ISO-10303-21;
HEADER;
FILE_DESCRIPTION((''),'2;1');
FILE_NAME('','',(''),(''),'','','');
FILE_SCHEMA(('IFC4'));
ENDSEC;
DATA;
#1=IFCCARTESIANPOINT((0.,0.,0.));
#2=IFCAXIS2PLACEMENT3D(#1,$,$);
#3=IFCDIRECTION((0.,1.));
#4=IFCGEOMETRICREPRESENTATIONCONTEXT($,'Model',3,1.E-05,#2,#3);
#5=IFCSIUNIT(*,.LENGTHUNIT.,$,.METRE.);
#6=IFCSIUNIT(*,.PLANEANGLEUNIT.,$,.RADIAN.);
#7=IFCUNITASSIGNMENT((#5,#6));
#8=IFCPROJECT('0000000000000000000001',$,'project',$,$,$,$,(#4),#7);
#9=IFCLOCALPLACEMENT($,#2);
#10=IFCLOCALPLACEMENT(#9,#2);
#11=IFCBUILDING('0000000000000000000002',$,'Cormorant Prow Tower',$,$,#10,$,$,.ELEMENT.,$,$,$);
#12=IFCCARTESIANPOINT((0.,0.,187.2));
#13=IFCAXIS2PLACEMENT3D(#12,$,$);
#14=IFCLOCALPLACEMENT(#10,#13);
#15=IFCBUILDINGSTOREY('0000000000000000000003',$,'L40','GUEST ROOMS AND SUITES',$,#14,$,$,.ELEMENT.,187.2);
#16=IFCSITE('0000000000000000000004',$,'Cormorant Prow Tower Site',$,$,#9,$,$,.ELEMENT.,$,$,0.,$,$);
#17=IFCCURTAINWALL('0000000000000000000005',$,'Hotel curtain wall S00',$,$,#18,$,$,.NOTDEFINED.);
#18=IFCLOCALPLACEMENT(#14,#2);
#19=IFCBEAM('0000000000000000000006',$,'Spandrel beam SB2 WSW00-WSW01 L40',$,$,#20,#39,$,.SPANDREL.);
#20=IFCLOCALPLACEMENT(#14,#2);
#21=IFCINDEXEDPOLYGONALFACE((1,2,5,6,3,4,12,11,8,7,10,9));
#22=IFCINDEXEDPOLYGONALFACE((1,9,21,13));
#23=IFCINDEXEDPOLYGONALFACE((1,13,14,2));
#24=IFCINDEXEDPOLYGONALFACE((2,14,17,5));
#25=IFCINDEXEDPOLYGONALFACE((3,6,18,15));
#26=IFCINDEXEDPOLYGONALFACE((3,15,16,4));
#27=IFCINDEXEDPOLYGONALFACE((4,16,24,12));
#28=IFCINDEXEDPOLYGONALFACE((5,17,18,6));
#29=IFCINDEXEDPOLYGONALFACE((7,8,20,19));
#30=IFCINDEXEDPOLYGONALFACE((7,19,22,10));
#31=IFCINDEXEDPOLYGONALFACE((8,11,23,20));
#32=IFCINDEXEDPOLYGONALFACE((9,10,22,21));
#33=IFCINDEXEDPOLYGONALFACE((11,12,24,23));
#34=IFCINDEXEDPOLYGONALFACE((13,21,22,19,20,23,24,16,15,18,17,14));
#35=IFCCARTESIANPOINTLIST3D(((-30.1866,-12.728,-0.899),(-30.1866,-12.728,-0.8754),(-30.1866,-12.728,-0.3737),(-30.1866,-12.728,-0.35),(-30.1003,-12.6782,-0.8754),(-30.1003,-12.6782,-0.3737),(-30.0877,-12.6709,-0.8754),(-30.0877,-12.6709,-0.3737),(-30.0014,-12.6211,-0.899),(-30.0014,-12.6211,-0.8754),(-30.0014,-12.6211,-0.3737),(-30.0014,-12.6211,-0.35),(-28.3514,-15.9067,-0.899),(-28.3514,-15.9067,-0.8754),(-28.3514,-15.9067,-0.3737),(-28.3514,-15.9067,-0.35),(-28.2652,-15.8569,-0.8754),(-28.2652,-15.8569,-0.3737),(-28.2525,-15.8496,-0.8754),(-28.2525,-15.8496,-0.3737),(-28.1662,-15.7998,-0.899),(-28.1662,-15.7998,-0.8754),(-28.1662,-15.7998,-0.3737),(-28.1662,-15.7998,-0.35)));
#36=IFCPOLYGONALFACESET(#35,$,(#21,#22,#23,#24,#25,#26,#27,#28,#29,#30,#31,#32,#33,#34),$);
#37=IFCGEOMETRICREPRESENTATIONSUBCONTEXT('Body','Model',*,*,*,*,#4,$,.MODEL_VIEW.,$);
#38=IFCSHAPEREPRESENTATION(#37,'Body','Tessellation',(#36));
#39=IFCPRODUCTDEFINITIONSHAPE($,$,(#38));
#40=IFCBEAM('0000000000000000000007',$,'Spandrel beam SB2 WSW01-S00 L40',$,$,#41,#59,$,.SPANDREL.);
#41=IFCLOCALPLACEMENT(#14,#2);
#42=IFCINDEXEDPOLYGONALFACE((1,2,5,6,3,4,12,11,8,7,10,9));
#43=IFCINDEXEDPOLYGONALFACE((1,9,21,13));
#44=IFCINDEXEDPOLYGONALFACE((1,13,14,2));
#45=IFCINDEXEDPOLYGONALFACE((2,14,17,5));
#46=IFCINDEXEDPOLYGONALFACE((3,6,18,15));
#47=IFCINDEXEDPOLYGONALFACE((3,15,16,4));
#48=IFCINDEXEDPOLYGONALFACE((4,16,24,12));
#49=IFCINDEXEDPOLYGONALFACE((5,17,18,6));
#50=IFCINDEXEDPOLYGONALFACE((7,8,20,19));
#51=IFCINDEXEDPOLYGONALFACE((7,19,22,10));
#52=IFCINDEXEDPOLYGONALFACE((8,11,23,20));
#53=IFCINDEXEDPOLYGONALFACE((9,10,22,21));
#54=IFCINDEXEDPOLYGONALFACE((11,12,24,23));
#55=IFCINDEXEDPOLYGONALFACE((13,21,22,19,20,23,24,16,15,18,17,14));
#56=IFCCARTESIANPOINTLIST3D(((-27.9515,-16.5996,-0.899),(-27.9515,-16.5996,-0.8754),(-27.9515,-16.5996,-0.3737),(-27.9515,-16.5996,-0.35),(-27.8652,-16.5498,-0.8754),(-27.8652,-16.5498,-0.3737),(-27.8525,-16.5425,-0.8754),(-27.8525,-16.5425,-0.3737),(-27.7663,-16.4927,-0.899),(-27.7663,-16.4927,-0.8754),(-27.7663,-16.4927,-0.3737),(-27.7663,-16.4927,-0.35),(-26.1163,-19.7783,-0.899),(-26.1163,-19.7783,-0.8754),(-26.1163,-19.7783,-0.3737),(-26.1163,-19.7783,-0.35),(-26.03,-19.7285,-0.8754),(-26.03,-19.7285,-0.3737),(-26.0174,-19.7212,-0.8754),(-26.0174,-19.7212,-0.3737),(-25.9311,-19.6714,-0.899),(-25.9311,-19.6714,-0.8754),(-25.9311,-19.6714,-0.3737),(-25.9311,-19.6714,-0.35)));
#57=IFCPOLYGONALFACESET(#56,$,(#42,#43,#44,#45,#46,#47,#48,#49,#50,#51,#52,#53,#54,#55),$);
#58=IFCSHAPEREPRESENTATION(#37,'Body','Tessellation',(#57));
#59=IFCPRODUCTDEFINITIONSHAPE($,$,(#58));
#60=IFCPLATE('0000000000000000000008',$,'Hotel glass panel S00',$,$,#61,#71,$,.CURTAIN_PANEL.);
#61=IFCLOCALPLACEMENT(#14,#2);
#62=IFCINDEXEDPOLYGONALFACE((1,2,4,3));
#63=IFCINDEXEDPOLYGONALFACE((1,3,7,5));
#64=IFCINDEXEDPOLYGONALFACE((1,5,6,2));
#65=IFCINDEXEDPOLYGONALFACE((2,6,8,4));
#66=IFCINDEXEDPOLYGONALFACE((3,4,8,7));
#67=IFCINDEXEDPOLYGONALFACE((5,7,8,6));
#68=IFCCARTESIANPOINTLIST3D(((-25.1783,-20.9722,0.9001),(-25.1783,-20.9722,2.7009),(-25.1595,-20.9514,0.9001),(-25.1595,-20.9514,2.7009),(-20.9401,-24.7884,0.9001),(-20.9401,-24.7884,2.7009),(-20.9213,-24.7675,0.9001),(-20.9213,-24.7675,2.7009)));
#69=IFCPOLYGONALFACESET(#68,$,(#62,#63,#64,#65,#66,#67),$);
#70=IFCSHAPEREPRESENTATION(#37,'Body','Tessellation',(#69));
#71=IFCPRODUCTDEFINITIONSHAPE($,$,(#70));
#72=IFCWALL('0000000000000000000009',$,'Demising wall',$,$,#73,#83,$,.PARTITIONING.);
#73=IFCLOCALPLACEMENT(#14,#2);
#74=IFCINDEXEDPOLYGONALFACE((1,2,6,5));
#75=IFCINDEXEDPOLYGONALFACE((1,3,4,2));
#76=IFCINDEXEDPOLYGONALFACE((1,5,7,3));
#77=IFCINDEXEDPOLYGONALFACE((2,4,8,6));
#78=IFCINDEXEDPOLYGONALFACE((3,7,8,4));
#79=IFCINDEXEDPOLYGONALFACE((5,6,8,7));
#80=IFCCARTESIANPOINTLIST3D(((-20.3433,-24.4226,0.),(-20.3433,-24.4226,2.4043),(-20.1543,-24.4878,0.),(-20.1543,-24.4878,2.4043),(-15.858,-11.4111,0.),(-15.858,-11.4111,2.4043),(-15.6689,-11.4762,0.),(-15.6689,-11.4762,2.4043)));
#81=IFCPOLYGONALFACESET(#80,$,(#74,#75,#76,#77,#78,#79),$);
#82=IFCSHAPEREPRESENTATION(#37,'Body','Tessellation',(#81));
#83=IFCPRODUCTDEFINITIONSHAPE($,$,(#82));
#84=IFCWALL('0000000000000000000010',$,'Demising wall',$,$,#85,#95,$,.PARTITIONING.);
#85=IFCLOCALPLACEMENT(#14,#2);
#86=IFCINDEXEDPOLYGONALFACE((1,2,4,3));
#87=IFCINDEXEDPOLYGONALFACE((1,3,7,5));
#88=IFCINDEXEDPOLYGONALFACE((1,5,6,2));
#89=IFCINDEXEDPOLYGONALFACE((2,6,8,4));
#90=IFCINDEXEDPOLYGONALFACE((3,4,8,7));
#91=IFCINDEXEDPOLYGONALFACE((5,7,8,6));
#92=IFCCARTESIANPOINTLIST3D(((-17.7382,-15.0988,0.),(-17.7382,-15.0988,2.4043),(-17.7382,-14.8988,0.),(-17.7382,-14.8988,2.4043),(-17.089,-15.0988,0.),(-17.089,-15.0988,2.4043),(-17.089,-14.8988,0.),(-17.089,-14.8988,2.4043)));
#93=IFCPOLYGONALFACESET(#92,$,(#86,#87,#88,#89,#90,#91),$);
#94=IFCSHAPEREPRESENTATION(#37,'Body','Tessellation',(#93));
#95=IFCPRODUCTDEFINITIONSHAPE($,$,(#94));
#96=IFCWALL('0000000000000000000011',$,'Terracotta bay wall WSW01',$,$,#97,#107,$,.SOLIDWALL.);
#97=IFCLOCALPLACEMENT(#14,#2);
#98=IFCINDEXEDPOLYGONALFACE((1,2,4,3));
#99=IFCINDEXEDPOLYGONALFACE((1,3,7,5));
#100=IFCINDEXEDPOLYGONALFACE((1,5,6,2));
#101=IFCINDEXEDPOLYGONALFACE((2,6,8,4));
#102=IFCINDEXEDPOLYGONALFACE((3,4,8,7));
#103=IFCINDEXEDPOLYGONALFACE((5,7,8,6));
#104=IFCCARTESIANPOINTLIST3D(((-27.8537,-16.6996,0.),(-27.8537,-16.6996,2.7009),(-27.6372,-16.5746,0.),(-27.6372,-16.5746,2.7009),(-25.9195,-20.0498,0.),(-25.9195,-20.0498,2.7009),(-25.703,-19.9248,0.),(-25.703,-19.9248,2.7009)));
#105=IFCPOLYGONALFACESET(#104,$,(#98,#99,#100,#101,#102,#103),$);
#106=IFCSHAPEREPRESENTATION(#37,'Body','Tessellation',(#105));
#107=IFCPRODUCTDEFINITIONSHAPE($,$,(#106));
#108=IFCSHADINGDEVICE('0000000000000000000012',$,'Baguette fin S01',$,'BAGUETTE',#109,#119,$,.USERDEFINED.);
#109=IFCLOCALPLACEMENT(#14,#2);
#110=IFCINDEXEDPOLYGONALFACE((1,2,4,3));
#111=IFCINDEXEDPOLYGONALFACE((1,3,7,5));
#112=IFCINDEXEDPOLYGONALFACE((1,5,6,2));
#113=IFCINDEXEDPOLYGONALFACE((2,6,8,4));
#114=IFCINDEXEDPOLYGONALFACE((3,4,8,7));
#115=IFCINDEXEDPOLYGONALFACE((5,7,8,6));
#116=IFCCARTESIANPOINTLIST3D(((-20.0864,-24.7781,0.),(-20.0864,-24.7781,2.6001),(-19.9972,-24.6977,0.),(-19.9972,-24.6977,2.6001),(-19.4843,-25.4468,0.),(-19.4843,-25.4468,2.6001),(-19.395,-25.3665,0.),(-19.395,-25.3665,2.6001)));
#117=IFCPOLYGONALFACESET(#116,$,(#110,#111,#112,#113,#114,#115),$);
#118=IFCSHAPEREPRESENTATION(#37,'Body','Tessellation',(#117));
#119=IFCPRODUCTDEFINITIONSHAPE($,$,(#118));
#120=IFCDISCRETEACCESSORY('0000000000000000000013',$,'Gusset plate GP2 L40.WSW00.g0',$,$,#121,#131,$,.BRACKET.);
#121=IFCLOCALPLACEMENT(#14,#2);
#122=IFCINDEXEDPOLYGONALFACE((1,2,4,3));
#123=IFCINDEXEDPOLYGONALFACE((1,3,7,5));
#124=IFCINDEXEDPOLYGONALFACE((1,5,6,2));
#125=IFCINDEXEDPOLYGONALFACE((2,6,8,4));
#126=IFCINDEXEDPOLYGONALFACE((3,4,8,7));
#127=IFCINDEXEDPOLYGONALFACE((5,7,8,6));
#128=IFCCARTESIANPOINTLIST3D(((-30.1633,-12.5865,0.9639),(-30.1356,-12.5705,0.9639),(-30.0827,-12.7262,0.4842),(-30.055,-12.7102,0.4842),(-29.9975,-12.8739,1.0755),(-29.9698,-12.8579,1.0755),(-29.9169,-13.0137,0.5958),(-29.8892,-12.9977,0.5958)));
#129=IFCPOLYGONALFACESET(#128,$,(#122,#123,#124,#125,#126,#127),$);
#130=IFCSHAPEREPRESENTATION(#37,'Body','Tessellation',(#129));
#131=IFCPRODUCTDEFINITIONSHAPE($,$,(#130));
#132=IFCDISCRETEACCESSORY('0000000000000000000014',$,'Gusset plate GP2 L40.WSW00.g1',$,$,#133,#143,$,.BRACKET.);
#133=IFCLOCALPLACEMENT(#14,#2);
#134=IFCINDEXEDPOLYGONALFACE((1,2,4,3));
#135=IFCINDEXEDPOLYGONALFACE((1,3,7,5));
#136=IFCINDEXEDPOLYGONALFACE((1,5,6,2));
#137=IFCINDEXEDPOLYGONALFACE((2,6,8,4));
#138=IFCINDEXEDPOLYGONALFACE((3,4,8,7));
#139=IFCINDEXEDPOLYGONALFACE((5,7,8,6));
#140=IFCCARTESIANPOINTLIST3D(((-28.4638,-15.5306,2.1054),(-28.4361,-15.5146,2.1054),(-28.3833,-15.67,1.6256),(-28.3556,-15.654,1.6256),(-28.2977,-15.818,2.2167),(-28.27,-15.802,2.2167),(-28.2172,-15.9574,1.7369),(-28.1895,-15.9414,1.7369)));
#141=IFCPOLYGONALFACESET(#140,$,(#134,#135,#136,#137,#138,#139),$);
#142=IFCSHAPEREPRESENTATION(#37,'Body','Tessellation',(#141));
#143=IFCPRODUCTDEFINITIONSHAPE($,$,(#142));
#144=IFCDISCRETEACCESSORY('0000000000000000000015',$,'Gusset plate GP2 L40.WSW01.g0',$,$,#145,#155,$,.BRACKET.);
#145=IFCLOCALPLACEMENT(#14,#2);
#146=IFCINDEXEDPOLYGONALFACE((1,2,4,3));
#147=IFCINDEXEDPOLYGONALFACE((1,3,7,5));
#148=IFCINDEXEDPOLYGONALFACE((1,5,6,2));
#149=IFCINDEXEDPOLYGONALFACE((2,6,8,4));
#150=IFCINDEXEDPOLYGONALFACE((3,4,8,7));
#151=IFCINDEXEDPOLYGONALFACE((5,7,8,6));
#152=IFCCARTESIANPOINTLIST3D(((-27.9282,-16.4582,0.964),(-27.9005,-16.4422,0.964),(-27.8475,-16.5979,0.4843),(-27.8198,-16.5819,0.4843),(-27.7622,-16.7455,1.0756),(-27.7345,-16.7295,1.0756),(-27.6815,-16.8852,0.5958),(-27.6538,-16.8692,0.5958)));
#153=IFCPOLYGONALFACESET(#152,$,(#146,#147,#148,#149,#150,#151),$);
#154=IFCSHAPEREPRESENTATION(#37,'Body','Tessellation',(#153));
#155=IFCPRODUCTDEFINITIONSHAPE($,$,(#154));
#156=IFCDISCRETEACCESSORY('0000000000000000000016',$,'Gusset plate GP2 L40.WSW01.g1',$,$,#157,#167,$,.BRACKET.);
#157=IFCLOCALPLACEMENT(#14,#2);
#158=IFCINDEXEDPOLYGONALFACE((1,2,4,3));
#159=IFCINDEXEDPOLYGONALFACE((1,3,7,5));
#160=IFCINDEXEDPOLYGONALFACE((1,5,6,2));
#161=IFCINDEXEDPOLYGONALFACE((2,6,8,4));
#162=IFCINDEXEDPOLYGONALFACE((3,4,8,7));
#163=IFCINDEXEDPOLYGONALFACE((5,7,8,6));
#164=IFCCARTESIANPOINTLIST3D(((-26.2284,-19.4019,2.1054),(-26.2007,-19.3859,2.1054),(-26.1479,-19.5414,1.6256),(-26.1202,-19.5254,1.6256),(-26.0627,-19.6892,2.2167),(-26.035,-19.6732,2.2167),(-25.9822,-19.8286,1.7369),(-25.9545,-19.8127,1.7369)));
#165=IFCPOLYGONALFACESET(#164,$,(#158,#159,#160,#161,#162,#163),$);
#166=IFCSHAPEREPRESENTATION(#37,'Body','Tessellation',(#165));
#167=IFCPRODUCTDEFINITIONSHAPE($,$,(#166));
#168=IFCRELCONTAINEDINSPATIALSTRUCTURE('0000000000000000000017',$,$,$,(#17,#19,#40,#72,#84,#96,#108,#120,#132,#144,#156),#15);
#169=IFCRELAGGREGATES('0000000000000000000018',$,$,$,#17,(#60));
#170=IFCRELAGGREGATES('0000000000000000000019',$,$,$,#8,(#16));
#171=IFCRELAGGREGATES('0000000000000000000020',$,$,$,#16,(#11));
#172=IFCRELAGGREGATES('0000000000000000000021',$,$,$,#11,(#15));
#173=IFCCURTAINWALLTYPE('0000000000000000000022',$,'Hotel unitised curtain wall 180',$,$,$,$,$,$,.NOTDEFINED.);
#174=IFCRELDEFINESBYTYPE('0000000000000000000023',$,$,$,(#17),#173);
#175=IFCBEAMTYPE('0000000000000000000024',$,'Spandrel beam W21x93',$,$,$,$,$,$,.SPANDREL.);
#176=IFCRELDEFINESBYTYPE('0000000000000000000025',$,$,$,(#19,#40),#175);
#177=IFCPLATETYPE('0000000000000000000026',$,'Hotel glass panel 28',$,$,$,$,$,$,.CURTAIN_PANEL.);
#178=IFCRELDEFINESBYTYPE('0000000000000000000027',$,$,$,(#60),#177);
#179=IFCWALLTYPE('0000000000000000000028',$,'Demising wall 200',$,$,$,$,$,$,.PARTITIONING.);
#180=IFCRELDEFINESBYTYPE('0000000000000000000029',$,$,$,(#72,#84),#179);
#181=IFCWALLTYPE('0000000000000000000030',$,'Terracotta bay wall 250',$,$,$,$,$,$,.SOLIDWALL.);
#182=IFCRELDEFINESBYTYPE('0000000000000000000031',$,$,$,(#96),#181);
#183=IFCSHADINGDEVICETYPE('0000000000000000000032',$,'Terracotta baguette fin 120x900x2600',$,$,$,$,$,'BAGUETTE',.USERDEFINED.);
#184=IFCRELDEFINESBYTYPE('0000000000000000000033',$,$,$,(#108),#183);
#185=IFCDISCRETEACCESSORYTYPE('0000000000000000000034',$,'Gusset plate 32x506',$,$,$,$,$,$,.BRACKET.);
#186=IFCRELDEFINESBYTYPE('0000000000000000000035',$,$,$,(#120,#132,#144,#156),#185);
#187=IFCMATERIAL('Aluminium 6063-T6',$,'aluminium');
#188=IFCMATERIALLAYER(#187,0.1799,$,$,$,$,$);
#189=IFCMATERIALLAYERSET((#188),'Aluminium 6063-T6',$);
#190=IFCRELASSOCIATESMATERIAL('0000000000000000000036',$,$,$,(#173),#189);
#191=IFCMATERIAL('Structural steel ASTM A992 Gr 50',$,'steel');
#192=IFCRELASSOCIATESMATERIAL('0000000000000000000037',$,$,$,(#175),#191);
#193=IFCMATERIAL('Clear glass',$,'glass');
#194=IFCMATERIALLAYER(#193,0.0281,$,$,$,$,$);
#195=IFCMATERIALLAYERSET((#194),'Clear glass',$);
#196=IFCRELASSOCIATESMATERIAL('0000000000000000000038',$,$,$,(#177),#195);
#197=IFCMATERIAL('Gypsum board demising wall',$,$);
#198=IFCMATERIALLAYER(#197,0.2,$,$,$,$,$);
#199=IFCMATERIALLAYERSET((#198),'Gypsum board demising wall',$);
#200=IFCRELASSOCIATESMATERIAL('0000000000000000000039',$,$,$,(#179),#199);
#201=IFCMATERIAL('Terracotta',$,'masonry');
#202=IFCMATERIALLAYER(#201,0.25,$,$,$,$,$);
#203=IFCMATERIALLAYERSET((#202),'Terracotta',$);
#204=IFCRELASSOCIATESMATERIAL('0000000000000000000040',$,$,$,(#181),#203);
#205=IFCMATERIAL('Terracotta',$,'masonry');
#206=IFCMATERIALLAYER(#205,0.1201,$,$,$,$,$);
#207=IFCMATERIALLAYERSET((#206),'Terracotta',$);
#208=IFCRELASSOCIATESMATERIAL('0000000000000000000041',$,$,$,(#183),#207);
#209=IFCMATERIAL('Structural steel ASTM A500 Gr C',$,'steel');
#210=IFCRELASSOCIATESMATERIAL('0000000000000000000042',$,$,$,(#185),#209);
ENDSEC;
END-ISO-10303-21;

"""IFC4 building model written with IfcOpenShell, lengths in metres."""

from ifc_helpers import new_model, si_unit, direction, frame, frame_2d, origin, origin_2d, place, context, subcontext, project, spatial, rectangle, i_section, extrude, material, layer, layer_set, material_profile, profile_set, type_object, element, aggregate, save


model = new_model("IFC4")

# Units and contexts
model_context = context("Model", 3, precision=1e-05, world=origin(), true_north=direction((0.0, 1.0)))
body_context = subcontext(model_context, "Body", "Model", "MODEL_VIEW")
ifc_project = project(units=[si_unit("LENGTHUNIT", "METRE"), si_unit("PLANEANGLEUNIT", "RADIAN")], contexts=[model_context])

# Site, building, storey
site_placement = place(None, origin())
site = spatial("IfcSite", under=ifc_project, at=site_placement, Name="Cormorant Prow Tower Site", CompositionType="ELEMENT", RefElevation=0.0)
building_placement = place(site_placement, origin())
building = spatial("IfcBuilding", under=site, at=building_placement, Name="Cormorant Prow Tower", CompositionType="ELEMENT")
storey_placement = place(building_placement, frame((0.0, 0.0, 187.2)))
storey = spatial("IfcBuildingStorey", under=building, at=storey_placement, Name="L40", Description="GUEST ROOMS AND SUITES", CompositionType="ELEMENT", Elevation=187.2)

# Curtain wall
ifc_material_1 = material(Name="Aluminium 6063-T6", Category="aluminium")
ifc_layer_1 = layer(ifc_material_1, 0.1799)
ifc_layer_set_1 = layer_set([ifc_layer_1], Name="Aluminium 6063-T6")
curtain_wall_type = type_object("IfcCurtainWallType", Name="Hotel unitised curtain wall 180", PredefinedType="NOTDEFINED", material=ifc_layer_set_1)
curtain_wall_placement = place(storey_placement, origin())
curtain_wall = element("IfcCurtainWall", 1, at=curtain_wall_placement, inside=storey, type_object=curtain_wall_type, Name="Hotel curtain wall S00", PredefinedType="NOTDEFINED")

# Beams
ifc_material_2 = material(Name="Structural steel ASTM A992 Gr 50", Category="steel")
ifc_material_profile_1 = material_profile(ifc_material_2, i_section(OverallWidth=0.2139, OverallDepth=0.5491, WebThickness=0.0146, FlangeThickness=0.0237, at=origin_2d()), Name="W21x93")
ifc_profile_set_1 = profile_set([ifc_material_profile_1], Name="Structural steel ASTM A992 Gr 50")
beam_type = type_object("IfcBeamType", Name="Spandrel beam W21x93", PredefinedType="SPANDREL", material=ifc_profile_set_1)
for number, where, z_axis, x_axis, name in (
    (2, (-30.094, -12.6746, -0.6245), (0.499995, -0.866028, 0.0), (0.866028, 0.499995, 0.0), "Spandrel beam SB2 WSW00-WSW01 L40"),
    (3, (-27.8589, -16.5461, -0.6245), (0.499995, -0.866028, 0.0), (0.866028, 0.499995, 0.0), "Spandrel beam SB2 WSW01-S00 L40"),
):
    element("IfcBeam", number, at=place(storey_placement, frame(where, z_axis=z_axis, x_axis=x_axis)), inside=storey, type_object=beam_type, Name=name, PredefinedType="SPANDREL", context=body_context, shape_type="SweptSolid", body=[
        extrude(i_section(OverallWidth=0.2139, OverallDepth=0.5491, WebThickness=0.0146, FlangeThickness=0.0237, at=origin_2d()), origin(), (0.0, 0.0, 1.0), 3.6704),
    ])

# Plate
ifc_material_3 = material(Name="Clear glass", Category="glass")
ifc_layer_2 = layer(ifc_material_3, 0.0281)
ifc_layer_set_2 = layer_set([ifc_layer_2], Name="Clear glass")
plate_type = type_object("IfcPlateType", Name="Hotel glass panel 28", PredefinedType="CURTAIN_PANEL", material=ifc_layer_set_2)
plate_placement = place(storey_placement, frame((-23.0498, -22.8699, 0.9001), z_axis=(0.0, 0.0, 1.0), x_axis=(0.743145, -0.669131, 0.0)))
plate = element("IfcPlate", 4, at=plate_placement, type_object=plate_type, Name="Hotel glass panel S00", PredefinedType="CURTAIN_PANEL", context=body_context, shape_type="SweptSolid", body=[
    extrude(rectangle(XDim=5.7031, YDim=0.0281, at=origin_2d()), origin(), (0.0, 0.0, 1.0), 1.8008),
])
aggregate(curtain_wall, [plate])

# Walls
ifc_material_4 = material(Name="Gypsum board demising wall")
ifc_layer_3 = layer(ifc_material_4, 0.2)
ifc_layer_set_3 = layer_set([ifc_layer_3], Name="Gypsum board demising wall")
wall_type_1 = type_object("IfcWallType", Name="Demising wall 200", PredefinedType="PARTITIONING", material=ifc_layer_set_3)
wall_1_placement = place(storey_placement, frame((-20.2488, -24.4551, 0.0), z_axis=(0.0, 0.0, 1.0), x_axis=(0.325902, 0.945404, 0.0)))
element("IfcWall", 5, at=wall_1_placement, inside=storey, type_object=wall_type_1, Name="Demising wall", PredefinedType="PARTITIONING", context=body_context, shape_type="SweptSolid", body=[
    extrude(rectangle(XDim=13.7629, YDim=0.2, at=frame_2d((6.8813, 0.0))), origin(), (0.0, 0.0, 1.0), 2.4043),
])
wall_2_placement = place(storey_placement, frame((-17.7383, -14.9988, 0.0), z_axis=(0.0, 0.0, 1.0), x_axis=(1.0, 0.0, 0.0)))
element("IfcWall", 6, at=wall_2_placement, inside=storey, type_object=wall_type_1, Name="Demising wall", PredefinedType="PARTITIONING", context=body_context, shape_type="SweptSolid", body=[
    extrude(rectangle(XDim=0.6492, YDim=0.2, at=frame_2d((0.3247, 0.0))), origin(), (0.0, 0.0, 1.0), 2.4043),
])
ifc_material_5 = material(Name="Terracotta", Category="masonry")
ifc_layer_4 = layer(ifc_material_5, 0.25)
ifc_layer_set_4 = layer_set([ifc_layer_4], Name="Terracotta")
wall_type_2 = type_object("IfcWallType", Name="Terracotta bay wall 250", PredefinedType="SOLIDWALL", material=ifc_layer_set_4)
wall_3_placement = place(storey_placement, frame((-27.7454, -16.6372, 0.0), z_axis=(0.0, 0.0, 1.0), x_axis=(0.499981, -0.866036, 0.0)))
element("IfcWall", 7, at=wall_3_placement, inside=storey, type_object=wall_type_2, Name="Terracotta bay wall WSW01", PredefinedType="SOLIDWALL", context=body_context, shape_type="SweptSolid", body=[
    extrude(rectangle(XDim=3.8684, YDim=0.25, at=frame_2d((1.9341, 0.0))), origin(), (0.0, 0.0, 1.0), 2.7009),
])

# Shading device
ifc_material_6 = material(Name="Terracotta", Category="masonry")
ifc_layer_5 = layer(ifc_material_6, 0.1201)
ifc_layer_set_5 = layer_set([ifc_layer_5], Name="Terracotta")
shading_device_type = type_object("IfcShadingDeviceType", Name="Terracotta baguette fin 120x900x2600", ElementType="BAGUETTE", PredefinedType="USERDEFINED", material=ifc_layer_set_5)
shading_device_placement = place(storey_placement, frame((-19.7407, -25.0723, 0.0), z_axis=(0.0, 0.0, 1.0), x_axis=(0.743145, 0.669131, 0.0)))
element("IfcShadingDevice", 8, at=shading_device_placement, inside=storey, type_object=shading_device_type, Name="Baguette fin S01", ObjectType="BAGUETTE", PredefinedType="USERDEFINED", context=body_context, shape_type="SweptSolid", body=[
    extrude(rectangle(XDim=0.1201, YDim=0.8999, at=origin_2d()), origin(), (0.0, 0.0, 1.0), 2.6001),
])

# Discrete accessories
ifc_material_7 = material(Name="Structural steel ASTM A500 Gr C", Category="steel")
ifc_material_profile_2 = material_profile(ifc_material_7, rectangle(XDim=0.032, YDim=0.5061, at=origin_2d()), Name="Gusset plate 32x506")
ifc_profile_set_2 = profile_set([ifc_material_profile_2], Name="Structural steel ASTM A500 Gr C")
discrete_accessory_type = type_object("IfcDiscreteAccessoryType", Name="Gusset plate 32x506", PredefinedType="BRACKET", material=ifc_profile_set_2)
for number, where, z_axis, x_axis, name in (
    (9, (-29.9434, -12.9358, 0.8357), (-0.473632, 0.821008, -0.318777), (-0.866198, -0.499701, 0.0), "Gusset plate GP2 L40.WSW00.g0"),
    (10, (-28.4097, -15.5923, 1.8655), (0.474278, -0.820919, 0.318045), (0.865879, 0.500253, 0.0), "Gusset plate GP2 L40.WSW00.g1"),
    (11, (-27.708, -16.8074, 0.8357), (-0.474172, 0.820737, -0.318672), (-0.865879, -0.500253, 0.0), "Gusset plate GP2 L40.WSW01.g0"),
):
    element("IfcDiscreteAccessory", number, at=place(storey_placement, frame(where, z_axis=z_axis, x_axis=x_axis)), inside=storey, type_object=discrete_accessory_type, Name=name, PredefinedType="BRACKET", context=body_context, shape_type="SweptSolid", body=[
        extrude(rectangle(XDim=0.032, YDim=0.5061, at=origin_2d()), origin(), (0.0, 0.0, 1.0), 0.3501),
    ])
discrete_accessory_placement = place(storey_placement, frame((-26.1743, -19.4636, 1.8655), z_axis=(0.473737, -0.82119, 0.31815), x_axis=(0.866198, 0.499701, 0.0)))
element("IfcDiscreteAccessory", 12, at=discrete_accessory_placement, inside=storey, type_object=discrete_accessory_type, Name="Gusset plate GP2 L40.WSW01.g1", PredefinedType="BRACKET", context=body_context, shape_type="SweptSolid", body=[
    extrude(rectangle(XDim=0.032, YDim=0.5061, at=origin_2d()), origin(), (0.0, 0.0, 1.0), 0.3499),
])

save(model, "model.ifc")
